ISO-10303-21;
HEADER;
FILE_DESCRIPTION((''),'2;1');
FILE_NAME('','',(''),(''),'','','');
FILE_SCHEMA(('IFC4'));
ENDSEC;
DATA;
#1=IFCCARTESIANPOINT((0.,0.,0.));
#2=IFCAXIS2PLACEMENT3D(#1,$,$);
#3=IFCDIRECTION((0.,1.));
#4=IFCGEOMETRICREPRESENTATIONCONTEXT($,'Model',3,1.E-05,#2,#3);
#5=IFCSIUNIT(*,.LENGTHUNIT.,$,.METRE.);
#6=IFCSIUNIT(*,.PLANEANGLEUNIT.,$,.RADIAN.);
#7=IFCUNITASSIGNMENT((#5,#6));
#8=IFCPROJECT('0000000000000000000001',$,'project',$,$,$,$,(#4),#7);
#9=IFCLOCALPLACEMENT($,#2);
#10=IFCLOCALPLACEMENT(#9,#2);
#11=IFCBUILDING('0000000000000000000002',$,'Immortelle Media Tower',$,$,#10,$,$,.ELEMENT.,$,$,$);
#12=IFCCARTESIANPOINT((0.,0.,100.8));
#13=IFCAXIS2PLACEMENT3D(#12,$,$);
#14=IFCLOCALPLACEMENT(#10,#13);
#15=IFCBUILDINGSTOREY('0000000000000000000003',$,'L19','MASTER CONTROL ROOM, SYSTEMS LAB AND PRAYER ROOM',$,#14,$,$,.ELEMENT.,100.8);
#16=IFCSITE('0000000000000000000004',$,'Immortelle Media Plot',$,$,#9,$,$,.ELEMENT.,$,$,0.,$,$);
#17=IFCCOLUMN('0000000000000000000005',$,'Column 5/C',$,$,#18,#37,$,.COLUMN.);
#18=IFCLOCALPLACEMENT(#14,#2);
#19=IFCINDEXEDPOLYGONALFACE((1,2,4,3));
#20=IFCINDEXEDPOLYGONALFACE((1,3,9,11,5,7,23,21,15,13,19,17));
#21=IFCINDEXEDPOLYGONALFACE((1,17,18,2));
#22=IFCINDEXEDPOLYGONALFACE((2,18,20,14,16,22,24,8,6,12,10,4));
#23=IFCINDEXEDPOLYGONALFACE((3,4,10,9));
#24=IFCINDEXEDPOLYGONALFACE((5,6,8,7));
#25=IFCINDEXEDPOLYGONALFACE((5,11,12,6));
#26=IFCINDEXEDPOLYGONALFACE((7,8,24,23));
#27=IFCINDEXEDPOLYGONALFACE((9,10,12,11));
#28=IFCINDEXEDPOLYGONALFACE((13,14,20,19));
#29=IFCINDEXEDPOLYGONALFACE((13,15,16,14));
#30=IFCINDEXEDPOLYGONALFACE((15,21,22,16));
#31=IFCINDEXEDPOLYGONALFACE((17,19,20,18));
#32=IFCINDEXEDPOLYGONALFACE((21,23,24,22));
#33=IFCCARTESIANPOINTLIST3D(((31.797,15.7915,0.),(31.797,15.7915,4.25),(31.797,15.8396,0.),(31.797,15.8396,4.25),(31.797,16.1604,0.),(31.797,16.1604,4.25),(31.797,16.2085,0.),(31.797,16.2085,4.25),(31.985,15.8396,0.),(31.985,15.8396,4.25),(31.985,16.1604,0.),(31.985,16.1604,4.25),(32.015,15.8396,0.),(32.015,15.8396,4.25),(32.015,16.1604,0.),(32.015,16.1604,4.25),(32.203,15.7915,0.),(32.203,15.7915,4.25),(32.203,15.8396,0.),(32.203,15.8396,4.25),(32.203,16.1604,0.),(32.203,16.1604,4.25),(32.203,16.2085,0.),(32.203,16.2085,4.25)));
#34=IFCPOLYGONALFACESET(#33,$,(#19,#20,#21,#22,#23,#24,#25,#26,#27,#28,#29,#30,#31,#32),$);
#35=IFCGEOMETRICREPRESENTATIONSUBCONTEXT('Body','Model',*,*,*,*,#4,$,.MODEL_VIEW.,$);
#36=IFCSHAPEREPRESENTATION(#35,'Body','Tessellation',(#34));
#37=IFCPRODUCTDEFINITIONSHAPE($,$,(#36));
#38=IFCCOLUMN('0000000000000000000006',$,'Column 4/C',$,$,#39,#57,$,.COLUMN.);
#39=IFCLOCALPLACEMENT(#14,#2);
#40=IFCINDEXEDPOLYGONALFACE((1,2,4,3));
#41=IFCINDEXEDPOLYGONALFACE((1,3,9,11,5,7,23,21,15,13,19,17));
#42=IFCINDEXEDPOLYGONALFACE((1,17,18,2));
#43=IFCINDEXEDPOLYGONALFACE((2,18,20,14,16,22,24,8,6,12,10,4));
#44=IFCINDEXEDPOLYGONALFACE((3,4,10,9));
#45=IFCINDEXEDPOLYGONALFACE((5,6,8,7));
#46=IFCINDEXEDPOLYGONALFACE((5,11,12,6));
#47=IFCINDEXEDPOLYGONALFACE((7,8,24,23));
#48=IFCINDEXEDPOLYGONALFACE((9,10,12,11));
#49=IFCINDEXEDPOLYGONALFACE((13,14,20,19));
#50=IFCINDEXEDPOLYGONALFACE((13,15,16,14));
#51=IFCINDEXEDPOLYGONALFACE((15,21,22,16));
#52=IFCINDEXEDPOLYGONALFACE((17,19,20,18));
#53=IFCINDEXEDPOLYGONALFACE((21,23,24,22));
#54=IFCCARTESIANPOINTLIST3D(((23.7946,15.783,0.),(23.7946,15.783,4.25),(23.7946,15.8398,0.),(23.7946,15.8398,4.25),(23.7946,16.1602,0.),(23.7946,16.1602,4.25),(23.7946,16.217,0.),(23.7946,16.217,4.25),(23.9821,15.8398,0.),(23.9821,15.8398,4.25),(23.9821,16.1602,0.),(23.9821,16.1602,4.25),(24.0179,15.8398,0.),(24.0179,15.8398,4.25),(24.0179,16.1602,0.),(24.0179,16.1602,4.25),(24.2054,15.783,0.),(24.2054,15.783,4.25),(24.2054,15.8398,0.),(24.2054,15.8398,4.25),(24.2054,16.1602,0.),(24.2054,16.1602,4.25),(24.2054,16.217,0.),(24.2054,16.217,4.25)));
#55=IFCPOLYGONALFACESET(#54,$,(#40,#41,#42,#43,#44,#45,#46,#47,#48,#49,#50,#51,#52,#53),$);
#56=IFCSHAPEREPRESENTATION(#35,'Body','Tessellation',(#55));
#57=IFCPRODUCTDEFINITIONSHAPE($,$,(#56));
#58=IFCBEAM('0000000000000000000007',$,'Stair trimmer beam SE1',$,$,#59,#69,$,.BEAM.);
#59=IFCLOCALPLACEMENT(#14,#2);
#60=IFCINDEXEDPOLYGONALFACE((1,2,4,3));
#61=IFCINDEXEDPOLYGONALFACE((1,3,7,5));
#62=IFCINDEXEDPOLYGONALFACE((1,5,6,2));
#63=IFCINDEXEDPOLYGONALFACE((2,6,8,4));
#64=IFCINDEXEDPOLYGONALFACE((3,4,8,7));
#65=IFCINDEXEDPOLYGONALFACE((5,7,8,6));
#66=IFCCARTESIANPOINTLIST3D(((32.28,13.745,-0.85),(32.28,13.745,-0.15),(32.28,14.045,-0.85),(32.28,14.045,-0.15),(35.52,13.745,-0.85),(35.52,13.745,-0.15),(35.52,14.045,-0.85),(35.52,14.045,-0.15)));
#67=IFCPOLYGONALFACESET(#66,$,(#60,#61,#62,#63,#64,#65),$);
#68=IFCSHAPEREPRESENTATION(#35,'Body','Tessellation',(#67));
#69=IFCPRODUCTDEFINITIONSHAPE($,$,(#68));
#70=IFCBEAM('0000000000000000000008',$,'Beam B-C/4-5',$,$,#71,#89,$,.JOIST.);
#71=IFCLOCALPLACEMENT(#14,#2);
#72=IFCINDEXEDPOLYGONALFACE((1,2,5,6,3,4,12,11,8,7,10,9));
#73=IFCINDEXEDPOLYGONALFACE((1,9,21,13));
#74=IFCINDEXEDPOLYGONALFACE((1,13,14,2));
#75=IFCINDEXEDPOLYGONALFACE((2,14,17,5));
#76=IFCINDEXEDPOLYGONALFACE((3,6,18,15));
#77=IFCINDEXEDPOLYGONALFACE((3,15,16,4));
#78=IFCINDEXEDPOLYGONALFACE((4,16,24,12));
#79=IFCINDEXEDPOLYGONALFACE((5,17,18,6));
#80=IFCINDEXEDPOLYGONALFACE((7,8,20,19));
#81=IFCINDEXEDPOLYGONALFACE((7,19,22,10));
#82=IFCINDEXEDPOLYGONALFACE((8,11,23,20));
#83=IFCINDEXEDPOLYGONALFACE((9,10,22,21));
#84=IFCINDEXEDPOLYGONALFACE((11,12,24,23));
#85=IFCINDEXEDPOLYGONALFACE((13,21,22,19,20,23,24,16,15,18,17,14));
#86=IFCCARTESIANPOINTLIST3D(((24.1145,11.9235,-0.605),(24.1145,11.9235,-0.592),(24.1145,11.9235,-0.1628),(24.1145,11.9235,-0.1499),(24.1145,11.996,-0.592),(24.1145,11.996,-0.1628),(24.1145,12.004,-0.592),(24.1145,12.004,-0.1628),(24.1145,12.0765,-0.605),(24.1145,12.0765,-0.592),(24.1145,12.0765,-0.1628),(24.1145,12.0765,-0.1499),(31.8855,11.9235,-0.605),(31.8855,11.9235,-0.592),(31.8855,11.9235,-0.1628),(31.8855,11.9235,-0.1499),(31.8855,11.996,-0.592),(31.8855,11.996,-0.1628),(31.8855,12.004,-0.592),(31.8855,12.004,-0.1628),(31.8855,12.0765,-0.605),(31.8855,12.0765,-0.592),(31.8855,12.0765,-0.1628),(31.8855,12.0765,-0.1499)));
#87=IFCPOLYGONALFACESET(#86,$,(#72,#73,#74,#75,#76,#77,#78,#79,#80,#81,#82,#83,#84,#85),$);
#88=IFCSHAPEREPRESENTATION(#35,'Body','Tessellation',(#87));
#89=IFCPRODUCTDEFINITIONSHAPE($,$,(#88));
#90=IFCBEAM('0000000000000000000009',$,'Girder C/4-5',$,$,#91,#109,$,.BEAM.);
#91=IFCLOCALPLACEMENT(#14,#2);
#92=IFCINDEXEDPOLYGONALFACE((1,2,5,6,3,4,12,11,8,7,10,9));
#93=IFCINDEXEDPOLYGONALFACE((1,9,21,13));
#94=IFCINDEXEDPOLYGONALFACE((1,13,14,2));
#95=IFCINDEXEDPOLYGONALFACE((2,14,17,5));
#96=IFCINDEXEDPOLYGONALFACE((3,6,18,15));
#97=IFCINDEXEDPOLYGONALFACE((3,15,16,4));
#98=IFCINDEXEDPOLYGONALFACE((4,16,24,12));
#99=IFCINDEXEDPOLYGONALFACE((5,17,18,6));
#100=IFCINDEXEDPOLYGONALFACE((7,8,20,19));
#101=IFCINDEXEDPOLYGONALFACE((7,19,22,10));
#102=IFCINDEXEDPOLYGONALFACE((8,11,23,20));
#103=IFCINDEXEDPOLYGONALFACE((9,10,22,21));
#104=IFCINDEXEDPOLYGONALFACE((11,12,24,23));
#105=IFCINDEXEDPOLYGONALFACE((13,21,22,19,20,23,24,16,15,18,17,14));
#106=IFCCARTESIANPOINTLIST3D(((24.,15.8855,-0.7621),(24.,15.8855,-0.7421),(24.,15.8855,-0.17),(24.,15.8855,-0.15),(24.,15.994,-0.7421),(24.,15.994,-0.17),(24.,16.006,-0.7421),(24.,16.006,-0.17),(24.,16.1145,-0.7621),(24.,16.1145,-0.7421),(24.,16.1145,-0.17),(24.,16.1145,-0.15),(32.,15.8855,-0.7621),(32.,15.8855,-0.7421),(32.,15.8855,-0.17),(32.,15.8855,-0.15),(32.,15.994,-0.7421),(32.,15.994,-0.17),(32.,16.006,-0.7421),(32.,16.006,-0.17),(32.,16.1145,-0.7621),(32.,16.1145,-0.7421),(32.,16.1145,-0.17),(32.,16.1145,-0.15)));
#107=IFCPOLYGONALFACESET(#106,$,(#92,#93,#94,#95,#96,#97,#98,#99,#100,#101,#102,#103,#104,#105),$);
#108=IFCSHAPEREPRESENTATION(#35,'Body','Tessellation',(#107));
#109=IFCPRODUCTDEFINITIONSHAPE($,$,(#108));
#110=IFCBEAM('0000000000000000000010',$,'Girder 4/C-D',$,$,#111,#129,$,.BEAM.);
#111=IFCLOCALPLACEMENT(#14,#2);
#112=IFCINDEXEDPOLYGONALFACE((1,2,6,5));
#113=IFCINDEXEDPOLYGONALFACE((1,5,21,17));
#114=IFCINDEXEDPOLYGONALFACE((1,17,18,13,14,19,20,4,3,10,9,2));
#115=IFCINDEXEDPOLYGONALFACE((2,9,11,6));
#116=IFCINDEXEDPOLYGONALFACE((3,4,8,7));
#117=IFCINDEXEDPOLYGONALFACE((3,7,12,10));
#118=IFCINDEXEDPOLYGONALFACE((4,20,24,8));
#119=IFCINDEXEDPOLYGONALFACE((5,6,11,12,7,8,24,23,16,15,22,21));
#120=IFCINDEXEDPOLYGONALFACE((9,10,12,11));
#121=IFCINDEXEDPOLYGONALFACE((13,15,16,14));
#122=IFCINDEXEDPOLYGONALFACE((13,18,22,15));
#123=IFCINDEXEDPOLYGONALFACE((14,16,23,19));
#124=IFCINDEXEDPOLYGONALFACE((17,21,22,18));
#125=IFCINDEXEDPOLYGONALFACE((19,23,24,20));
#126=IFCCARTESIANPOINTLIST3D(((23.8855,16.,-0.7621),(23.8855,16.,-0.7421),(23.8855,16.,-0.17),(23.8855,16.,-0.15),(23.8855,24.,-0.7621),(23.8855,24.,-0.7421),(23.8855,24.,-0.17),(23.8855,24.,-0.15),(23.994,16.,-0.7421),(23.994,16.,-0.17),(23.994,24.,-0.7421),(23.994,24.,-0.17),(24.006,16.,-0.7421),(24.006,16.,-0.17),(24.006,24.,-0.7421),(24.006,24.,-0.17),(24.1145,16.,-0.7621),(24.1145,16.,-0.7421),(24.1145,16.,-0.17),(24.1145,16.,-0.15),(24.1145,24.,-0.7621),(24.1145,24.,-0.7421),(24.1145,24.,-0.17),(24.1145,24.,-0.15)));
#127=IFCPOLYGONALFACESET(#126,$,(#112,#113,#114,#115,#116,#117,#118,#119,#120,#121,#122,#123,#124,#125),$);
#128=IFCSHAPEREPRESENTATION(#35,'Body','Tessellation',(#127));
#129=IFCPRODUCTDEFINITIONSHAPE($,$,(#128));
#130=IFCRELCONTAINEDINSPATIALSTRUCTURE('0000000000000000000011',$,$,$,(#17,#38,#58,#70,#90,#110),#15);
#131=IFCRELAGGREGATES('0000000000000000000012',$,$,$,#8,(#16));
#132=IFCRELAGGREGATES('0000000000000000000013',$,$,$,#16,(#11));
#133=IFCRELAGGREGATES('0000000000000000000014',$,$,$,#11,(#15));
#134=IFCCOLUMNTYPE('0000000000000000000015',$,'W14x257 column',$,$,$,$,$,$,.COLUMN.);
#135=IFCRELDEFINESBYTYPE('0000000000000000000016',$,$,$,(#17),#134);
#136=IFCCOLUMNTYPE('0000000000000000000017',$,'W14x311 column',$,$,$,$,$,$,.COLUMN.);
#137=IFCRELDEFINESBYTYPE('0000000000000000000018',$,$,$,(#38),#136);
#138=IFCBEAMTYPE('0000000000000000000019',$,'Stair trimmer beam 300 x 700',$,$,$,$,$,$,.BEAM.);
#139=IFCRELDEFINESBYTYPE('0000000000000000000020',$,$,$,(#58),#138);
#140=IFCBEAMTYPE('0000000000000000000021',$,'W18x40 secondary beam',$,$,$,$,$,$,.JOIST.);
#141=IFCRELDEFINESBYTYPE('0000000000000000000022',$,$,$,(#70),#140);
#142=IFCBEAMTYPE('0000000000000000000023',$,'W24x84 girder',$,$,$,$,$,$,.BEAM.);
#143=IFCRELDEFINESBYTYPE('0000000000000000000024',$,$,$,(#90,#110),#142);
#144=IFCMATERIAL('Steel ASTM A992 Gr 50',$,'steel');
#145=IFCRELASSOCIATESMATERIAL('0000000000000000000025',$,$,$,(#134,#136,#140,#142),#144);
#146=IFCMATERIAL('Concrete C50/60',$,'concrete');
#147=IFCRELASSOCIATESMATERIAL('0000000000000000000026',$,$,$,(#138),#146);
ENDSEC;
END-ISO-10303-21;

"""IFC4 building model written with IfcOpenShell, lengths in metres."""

from ifc_helpers import new_model, si_unit, direction, frame, origin, origin_2d, place, context, subcontext, project, spatial, rectangle, i_section, extrude, material, material_profile, profile_set, type_object, element, save


model = new_model("IFC4")

# Units and contexts
model_context = context("Model", 3, precision=1e-05, world=origin(), true_north=direction((0.0, 1.0)))
body_context = subcontext(model_context, "Body", "Model", "MODEL_VIEW")
ifc_project = project(units=[si_unit("LENGTHUNIT", "METRE"), si_unit("PLANEANGLEUNIT", "RADIAN")], contexts=[model_context])

# Site, building, storey
site_placement = place(None, origin())
site = spatial("IfcSite", under=ifc_project, at=site_placement, Name="Immortelle Media Plot", CompositionType="ELEMENT", RefElevation=0.0)
building_placement = place(site_placement, origin())
building = spatial("IfcBuilding", under=site, at=building_placement, Name="Immortelle Media Tower", CompositionType="ELEMENT")
storey_placement = place(building_placement, frame((0.0, 0.0, 100.8)))
storey = spatial("IfcBuildingStorey", under=building, at=storey_placement, Name="L19", Description="MASTER CONTROL ROOM, SYSTEMS LAB AND PRAYER ROOM", CompositionType="ELEMENT", Elevation=100.8)

# Columns
ifc_material_1 = material(Name="Steel ASTM A992 Gr 50", Category="steel")
ifc_material_profile_1 = material_profile(ifc_material_1, i_section(OverallWidth=0.406, OverallDepth=0.417, WebThickness=0.03, FlangeThickness=0.0481, at=origin_2d()), Name="W14x257")
ifc_profile_set_1 = profile_set([ifc_material_profile_1], Name="Steel ASTM A992 Gr 50")
column_type_1 = type_object("IfcColumnType", Name="W14x257 column", PredefinedType="COLUMN", material=ifc_profile_set_1)
column_1_placement = place(storey_placement, frame((32.0, 16.0, 0.0), z_axis=(0.0, 0.0, 1.0), x_axis=(1.0, 0.0, 0.0)))
element("IfcColumn", 1, at=column_1_placement, inside=storey, type_object=column_type_1, Name="Column 5/C", PredefinedType="COLUMN", context=body_context, shape_type="SweptSolid", body=[
    extrude(i_section(OverallWidth=0.406, OverallDepth=0.417, WebThickness=0.03, FlangeThickness=0.0481, at=origin_2d()), origin(), (0.0, 0.0, 1.0), 4.25),
])
ifc_material_profile_2 = material_profile(ifc_material_1, i_section(OverallWidth=0.4109, OverallDepth=0.4341, WebThickness=0.0359, FlangeThickness=0.0569, at=origin_2d()), Name="W14x311")
ifc_profile_set_2 = profile_set([ifc_material_profile_2], Name="Steel ASTM A992 Gr 50")
column_type_2 = type_object("IfcColumnType", Name="W14x311 column", PredefinedType="COLUMN", material=ifc_profile_set_2)
column_2_placement = place(storey_placement, frame((24.0, 16.0, 0.0), z_axis=(0.0, 0.0, 1.0), x_axis=(1.0, 0.0, 0.0)))
element("IfcColumn", 2, at=column_2_placement, inside=storey, type_object=column_type_2, Name="Column 4/C", PredefinedType="COLUMN", context=body_context, shape_type="SweptSolid", body=[
    extrude(i_section(OverallWidth=0.4109, OverallDepth=0.4341, WebThickness=0.0359, FlangeThickness=0.0569, at=origin_2d()), origin(), (0.0, 0.0, 1.0), 4.25),
])

# Beams
ifc_material_2 = material(Name="Concrete C50/60", Category="concrete")
ifc_material_profile_3 = material_profile(ifc_material_2, rectangle(XDim=0.3, YDim=0.7, at=origin_2d()), Name="RC 300x700")
ifc_profile_set_3 = profile_set([ifc_material_profile_3], Name="Concrete C50/60")
beam_type_1 = type_object("IfcBeamType", Name="Stair trimmer beam 300 x 700", PredefinedType="BEAM", material=ifc_profile_set_3)
beam_1_placement = place(storey_placement, frame((32.28, 13.895, -0.5), z_axis=(1.0, 0.0, 0.0), x_axis=(0.0, 1.0, 0.0)))
element("IfcBeam", 3, at=beam_1_placement, inside=storey, type_object=beam_type_1, Name="Stair trimmer beam SE1", PredefinedType="BEAM", context=body_context, shape_type="SweptSolid", body=[
    extrude(rectangle(XDim=0.3, YDim=0.7, at=origin_2d()), origin(), (0.0, 0.0, 1.0), 3.24),
])
ifc_material_profile_4 = material_profile(ifc_material_1, i_section(OverallWidth=0.1531, OverallDepth=0.4551, WebThickness=0.0081, FlangeThickness=0.0129, at=origin_2d()), Name="W18x40")
ifc_profile_set_4 = profile_set([ifc_material_profile_4], Name="Steel ASTM A992 Gr 50")
beam_type_2 = type_object("IfcBeamType", Name="W18x40 secondary beam", PredefinedType="JOIST", material=ifc_profile_set_4)
beam_2_placement = place(storey_placement, frame((24.1145, 12.0, -0.3774), z_axis=(1.0, 0.0, 0.0), x_axis=(0.0, 1.0, 0.0)))
element("IfcBeam", 4, at=beam_2_placement, inside=storey, type_object=beam_type_2, Name="Beam B-C/4-5", PredefinedType="JOIST", context=body_context, shape_type="SweptSolid", body=[
    extrude(i_section(OverallWidth=0.1531, OverallDepth=0.4551, WebThickness=0.0081, FlangeThickness=0.0129, at=origin_2d()), origin(), (0.0, 0.0, 1.0), 7.771),
])
ifc_material_profile_5 = material_profile(ifc_material_1, i_section(OverallWidth=0.229, OverallDepth=0.6121, WebThickness=0.012, FlangeThickness=0.02, at=origin_2d()), Name="W24x84")
ifc_profile_set_5 = profile_set([ifc_material_profile_5], Name="Steel ASTM A992 Gr 50")
beam_type_3 = type_object("IfcBeamType", Name="W24x84 girder", PredefinedType="BEAM", material=ifc_profile_set_5)
for number, where, z_axis, x_axis, name in (
    (5, (24.0, 16.0, -0.4561), (1.0, 0.0, 0.0), (0.0, 1.0, 0.0), "Girder C/4-5"),
    (6, (24.0, 16.0, -0.4561), (0.0, 1.0, 0.0), (-1.0, 0.0, 0.0), "Girder 4/C-D"),
):
    element("IfcBeam", number, at=place(storey_placement, frame(where, z_axis=z_axis, x_axis=x_axis)), inside=storey, type_object=beam_type_3, Name=name, PredefinedType="BEAM", context=body_context, shape_type="SweptSolid", body=[
        extrude(i_section(OverallWidth=0.229, OverallDepth=0.6121, WebThickness=0.012, FlangeThickness=0.02, at=origin_2d()), origin(), (0.0, 0.0, 1.0), 8.0),
    ])

save(model, "model.ifc")
